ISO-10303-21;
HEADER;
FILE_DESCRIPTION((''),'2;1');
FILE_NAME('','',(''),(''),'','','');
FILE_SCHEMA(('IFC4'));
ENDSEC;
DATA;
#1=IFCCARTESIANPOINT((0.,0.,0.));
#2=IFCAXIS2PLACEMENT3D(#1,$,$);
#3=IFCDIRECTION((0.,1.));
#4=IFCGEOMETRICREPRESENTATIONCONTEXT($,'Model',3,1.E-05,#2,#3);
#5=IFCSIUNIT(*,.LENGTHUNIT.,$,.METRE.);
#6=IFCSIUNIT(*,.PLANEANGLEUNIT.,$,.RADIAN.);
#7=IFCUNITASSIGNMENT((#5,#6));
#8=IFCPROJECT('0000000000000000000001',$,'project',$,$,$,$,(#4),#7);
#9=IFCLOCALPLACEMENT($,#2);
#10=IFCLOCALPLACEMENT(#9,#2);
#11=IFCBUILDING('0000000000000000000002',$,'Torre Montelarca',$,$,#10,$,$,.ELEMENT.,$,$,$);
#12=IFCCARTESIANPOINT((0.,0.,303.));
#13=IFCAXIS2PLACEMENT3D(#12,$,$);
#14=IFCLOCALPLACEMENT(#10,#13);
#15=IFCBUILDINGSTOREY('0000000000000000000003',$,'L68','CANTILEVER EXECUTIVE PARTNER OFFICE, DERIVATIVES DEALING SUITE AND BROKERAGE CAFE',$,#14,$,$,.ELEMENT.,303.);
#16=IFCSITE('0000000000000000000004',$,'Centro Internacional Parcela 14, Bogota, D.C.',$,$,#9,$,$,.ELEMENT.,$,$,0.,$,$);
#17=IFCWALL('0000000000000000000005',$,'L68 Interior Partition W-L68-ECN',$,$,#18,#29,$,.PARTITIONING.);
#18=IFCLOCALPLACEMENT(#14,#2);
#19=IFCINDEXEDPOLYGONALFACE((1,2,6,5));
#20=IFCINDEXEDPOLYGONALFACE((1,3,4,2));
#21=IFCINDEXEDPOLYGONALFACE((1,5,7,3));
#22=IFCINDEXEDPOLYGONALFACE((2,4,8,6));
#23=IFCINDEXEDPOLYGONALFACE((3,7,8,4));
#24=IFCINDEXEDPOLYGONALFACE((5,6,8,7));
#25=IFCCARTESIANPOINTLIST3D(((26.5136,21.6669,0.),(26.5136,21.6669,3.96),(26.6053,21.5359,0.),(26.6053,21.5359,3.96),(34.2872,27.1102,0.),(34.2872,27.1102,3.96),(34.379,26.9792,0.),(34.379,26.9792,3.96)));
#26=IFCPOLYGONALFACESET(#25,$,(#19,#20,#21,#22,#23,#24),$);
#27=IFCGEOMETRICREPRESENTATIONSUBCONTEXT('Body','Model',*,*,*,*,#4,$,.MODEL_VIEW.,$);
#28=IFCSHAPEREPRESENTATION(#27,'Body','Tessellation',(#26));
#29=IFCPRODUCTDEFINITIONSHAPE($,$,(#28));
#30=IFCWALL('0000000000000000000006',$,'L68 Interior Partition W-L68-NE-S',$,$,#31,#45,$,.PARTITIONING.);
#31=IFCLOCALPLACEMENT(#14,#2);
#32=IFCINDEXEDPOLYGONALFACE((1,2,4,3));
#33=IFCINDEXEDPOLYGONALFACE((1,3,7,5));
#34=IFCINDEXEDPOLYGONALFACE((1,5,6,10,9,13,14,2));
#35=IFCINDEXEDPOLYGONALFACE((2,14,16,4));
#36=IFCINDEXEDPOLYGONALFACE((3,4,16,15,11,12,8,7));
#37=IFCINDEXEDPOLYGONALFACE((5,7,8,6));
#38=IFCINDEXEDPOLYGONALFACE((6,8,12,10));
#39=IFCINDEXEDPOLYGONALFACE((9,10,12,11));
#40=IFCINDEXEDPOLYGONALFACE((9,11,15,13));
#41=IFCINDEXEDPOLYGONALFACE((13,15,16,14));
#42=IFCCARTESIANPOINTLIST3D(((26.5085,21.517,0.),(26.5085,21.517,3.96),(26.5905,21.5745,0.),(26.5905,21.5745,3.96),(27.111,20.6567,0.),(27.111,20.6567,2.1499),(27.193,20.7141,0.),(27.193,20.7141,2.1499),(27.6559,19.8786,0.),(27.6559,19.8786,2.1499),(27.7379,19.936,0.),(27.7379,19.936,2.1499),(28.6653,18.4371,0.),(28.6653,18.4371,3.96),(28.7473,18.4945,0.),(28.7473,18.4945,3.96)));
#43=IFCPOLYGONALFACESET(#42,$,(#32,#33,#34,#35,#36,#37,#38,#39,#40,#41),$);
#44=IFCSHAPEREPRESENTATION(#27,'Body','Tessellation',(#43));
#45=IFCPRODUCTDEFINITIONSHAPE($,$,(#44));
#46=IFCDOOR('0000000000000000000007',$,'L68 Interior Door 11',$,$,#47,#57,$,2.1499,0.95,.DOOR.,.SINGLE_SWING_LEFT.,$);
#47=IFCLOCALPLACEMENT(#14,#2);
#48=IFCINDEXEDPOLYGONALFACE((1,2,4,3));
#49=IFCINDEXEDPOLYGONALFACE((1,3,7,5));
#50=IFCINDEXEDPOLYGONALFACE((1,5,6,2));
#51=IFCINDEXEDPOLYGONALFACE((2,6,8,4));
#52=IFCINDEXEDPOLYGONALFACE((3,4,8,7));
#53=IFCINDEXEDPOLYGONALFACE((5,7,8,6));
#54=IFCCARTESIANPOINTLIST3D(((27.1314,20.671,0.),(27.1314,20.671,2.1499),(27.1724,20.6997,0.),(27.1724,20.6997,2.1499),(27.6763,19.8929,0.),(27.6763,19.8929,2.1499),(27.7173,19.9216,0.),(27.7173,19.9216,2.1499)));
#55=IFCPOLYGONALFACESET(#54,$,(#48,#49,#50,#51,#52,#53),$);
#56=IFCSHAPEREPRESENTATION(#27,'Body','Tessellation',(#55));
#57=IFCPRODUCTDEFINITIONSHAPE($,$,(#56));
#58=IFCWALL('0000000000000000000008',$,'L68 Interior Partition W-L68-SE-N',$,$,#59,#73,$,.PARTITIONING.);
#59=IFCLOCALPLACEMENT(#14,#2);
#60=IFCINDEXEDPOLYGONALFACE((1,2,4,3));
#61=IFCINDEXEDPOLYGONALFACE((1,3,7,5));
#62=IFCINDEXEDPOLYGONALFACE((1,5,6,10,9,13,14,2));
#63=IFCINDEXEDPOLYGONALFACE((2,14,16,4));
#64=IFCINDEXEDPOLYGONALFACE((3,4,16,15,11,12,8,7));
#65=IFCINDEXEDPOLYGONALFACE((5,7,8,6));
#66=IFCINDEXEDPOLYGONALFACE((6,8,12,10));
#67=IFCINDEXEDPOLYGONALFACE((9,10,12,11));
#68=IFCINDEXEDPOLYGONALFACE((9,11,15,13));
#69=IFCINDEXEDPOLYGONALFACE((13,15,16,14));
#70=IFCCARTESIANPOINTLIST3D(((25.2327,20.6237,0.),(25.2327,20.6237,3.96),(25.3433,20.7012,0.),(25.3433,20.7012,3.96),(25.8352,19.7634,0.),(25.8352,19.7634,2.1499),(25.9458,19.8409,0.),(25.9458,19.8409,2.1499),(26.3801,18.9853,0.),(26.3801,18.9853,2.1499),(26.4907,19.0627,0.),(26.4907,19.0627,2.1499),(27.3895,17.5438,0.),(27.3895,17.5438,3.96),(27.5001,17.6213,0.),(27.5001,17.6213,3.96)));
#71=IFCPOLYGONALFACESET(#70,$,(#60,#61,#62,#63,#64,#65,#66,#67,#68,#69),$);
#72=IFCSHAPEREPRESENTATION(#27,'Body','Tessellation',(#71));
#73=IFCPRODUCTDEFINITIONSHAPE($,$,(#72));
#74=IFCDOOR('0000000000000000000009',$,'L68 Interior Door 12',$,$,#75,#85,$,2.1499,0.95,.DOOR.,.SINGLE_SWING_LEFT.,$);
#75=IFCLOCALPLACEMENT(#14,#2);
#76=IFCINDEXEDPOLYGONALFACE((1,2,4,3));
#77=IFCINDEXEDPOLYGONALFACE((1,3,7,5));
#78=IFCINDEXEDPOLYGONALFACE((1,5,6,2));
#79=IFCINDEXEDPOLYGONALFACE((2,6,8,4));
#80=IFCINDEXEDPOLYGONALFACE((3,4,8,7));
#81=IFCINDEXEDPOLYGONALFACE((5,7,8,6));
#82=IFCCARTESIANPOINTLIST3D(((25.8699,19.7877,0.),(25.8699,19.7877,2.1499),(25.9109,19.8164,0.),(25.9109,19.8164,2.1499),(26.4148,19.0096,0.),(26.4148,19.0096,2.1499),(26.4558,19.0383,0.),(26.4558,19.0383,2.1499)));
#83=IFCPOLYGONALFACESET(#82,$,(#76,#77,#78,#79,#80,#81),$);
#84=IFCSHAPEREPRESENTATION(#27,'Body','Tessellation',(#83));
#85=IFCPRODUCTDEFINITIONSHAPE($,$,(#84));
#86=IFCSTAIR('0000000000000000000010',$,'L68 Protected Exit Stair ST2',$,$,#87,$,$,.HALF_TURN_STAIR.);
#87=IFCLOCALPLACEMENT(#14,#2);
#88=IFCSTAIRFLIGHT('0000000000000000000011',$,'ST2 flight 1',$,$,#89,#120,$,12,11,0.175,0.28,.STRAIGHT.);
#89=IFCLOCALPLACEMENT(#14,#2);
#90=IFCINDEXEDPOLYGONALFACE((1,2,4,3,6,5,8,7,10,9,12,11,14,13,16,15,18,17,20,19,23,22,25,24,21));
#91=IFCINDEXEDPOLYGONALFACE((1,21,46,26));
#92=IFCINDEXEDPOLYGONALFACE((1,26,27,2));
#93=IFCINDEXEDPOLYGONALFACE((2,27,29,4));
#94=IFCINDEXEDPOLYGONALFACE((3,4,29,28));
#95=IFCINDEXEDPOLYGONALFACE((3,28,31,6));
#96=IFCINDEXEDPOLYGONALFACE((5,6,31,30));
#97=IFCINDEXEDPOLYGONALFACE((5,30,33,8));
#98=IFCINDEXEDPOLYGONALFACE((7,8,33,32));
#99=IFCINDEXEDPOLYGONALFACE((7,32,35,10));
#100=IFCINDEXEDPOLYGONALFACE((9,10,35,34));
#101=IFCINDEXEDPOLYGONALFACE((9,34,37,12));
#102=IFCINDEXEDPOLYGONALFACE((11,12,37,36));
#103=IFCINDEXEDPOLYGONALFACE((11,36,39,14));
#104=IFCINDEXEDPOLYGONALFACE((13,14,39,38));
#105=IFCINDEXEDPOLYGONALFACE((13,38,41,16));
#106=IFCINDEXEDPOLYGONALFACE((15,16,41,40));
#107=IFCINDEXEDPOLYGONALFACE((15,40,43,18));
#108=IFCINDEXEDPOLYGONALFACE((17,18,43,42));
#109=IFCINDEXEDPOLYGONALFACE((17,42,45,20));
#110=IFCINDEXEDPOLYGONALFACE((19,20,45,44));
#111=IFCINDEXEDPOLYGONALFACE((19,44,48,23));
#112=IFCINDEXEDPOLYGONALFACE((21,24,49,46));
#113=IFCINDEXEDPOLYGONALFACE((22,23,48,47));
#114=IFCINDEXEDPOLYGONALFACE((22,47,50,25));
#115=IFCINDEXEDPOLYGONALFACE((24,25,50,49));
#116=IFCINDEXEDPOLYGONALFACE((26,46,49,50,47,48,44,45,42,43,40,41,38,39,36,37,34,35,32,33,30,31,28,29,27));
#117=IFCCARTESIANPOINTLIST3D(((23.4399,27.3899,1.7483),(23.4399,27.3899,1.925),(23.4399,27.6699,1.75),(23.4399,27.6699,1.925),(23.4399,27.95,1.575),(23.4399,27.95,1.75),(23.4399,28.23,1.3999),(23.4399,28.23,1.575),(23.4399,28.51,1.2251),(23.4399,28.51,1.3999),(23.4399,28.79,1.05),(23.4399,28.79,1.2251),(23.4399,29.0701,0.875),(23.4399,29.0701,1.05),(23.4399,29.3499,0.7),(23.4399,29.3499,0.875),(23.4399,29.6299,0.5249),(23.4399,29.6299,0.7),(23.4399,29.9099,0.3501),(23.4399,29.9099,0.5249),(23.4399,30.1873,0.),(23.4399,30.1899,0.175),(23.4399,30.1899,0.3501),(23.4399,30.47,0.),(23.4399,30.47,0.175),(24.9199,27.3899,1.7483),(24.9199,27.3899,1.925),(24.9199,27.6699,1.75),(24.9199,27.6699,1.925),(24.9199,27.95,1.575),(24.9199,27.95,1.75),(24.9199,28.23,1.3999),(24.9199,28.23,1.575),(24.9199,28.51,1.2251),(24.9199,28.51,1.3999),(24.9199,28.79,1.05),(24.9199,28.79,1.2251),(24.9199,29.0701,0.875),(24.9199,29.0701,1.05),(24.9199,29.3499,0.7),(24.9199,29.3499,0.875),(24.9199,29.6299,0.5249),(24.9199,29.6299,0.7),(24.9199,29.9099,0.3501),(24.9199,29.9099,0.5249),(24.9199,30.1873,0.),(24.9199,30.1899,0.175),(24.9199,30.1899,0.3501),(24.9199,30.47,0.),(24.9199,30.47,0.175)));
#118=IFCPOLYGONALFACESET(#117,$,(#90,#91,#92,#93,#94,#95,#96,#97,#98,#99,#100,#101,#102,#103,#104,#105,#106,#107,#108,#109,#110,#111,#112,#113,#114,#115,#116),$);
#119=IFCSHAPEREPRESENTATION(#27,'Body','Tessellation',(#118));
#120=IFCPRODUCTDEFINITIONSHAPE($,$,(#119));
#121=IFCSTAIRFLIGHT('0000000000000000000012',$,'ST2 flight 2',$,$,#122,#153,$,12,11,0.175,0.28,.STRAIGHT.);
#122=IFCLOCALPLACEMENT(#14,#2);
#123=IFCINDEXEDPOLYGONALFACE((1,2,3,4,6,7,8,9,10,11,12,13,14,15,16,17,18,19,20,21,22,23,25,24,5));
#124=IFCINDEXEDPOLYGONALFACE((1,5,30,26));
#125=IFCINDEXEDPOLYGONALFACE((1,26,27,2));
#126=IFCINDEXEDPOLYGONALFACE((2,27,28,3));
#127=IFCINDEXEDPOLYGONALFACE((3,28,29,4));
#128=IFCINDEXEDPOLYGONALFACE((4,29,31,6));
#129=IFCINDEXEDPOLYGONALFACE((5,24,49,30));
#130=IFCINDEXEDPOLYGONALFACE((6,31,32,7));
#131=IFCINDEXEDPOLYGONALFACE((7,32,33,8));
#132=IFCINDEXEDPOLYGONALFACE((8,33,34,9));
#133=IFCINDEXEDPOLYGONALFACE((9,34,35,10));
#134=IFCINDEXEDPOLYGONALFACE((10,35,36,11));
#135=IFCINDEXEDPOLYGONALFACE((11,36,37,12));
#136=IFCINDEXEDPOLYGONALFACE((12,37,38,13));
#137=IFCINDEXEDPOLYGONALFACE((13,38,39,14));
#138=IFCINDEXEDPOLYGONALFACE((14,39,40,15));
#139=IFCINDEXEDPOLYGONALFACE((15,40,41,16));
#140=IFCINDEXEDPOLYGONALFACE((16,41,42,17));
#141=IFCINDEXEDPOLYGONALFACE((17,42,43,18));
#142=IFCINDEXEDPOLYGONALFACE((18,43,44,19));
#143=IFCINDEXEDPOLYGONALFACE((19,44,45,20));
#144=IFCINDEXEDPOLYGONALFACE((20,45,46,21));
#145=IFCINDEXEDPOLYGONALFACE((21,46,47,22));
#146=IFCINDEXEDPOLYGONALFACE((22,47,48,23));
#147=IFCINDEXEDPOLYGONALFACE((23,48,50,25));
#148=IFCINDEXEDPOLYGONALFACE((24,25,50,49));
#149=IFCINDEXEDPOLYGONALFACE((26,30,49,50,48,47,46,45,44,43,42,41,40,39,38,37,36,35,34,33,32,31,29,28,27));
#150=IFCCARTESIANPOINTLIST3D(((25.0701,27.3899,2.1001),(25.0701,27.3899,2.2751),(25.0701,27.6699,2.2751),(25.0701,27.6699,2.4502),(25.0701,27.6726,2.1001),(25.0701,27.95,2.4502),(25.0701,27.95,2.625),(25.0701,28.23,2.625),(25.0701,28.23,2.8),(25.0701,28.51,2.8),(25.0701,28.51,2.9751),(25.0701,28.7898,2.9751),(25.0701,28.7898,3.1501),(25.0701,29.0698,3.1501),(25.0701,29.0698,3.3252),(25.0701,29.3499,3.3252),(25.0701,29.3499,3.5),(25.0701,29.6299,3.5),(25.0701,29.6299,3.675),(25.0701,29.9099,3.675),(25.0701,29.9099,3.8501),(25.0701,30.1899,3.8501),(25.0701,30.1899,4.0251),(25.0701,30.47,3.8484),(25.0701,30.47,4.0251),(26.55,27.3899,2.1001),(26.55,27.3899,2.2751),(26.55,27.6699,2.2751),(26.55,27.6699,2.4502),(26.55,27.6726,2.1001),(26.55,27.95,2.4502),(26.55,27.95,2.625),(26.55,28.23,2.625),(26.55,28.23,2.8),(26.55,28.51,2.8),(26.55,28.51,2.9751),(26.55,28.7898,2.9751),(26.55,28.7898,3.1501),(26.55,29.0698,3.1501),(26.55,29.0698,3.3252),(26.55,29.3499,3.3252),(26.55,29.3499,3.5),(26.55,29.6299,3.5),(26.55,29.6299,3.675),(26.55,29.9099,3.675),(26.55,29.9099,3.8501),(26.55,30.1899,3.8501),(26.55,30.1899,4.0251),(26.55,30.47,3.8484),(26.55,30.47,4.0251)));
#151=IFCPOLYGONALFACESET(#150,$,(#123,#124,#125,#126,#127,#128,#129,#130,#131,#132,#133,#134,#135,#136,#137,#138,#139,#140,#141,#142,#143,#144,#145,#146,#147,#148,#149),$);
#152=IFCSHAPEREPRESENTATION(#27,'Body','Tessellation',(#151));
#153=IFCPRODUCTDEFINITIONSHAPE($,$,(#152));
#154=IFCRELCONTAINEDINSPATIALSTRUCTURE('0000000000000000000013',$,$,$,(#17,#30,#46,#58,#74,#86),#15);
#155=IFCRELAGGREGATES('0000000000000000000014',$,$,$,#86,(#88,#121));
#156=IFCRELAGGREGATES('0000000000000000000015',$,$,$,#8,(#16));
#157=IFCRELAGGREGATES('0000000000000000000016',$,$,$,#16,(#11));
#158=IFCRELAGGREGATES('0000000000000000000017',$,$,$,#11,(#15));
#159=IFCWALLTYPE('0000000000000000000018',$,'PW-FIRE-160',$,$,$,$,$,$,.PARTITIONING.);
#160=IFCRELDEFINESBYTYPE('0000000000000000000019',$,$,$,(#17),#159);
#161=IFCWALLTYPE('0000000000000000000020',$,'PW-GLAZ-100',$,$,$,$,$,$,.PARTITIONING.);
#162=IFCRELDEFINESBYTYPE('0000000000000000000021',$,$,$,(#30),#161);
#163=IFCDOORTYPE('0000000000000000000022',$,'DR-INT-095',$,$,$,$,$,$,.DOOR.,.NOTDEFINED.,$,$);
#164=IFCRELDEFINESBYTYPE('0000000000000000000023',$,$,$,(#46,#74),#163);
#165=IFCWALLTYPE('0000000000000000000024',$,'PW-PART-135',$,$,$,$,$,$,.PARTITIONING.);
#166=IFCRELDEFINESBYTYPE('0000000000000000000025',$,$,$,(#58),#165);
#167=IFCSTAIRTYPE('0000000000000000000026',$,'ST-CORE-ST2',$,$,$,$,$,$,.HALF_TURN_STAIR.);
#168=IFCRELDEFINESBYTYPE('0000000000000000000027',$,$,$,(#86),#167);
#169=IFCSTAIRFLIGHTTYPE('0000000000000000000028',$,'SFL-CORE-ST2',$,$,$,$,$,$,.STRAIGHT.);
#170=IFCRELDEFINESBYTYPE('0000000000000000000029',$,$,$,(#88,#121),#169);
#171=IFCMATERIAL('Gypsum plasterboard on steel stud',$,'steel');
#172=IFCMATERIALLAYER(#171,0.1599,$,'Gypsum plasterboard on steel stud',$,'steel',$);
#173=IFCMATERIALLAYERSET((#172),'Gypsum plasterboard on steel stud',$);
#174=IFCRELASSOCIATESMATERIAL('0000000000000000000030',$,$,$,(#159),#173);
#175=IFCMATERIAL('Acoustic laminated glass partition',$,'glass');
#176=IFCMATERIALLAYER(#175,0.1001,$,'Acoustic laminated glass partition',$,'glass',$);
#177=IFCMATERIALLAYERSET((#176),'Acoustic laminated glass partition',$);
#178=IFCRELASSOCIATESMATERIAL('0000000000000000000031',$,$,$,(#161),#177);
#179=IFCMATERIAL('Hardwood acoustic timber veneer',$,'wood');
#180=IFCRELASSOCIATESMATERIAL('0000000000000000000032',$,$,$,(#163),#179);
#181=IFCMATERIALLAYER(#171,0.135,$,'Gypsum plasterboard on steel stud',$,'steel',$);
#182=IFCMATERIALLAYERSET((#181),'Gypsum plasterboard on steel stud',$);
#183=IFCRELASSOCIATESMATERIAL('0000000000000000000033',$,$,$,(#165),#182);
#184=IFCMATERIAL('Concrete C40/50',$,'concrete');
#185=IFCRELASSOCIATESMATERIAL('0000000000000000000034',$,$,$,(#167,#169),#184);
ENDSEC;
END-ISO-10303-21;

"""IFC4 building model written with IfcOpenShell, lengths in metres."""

from ifc_helpers import new_model, si_unit, direction, frame, frame_2d, origin, place, context, subcontext, project, spatial, polyline, rectangle, outline, extrude, source, transform, mapped, material, layer, layer_set, type_object, element, fill, aggregate, save


model = new_model("IFC4")

# Units and contexts
model_context = context("Model", 3, precision=1e-05, world=origin(), true_north=direction((0.0, 1.0)))
body_context = subcontext(model_context, "Body", "Model", "MODEL_VIEW")
ifc_project = project(units=[si_unit("LENGTHUNIT", "METRE"), si_unit("PLANEANGLEUNIT", "RADIAN")], contexts=[model_context])

# Site, building, storey
site_placement = place(None, origin())
site = spatial("IfcSite", under=ifc_project, at=site_placement, Name="Centro Internacional Parcela 14, Bogota, D.C.", CompositionType="ELEMENT", RefElevation=0.0)
building_placement = place(site_placement, origin())
building = spatial("IfcBuilding", under=site, at=building_placement, Name="Torre Montelarca", CompositionType="ELEMENT")
storey_placement = place(building_placement, frame((0.0, 0.0, 303.0)))
storey = spatial("IfcBuildingStorey", under=building, at=storey_placement, Name="L68", Description="CANTILEVER EXECUTIVE PARTNER OFFICE, DERIVATIVES DEALING SUITE AND BROKERAGE CAFE", CompositionType="ELEMENT", Elevation=303.0)

# Shared definitions
ifc_material_1 = material(Name="Concrete C40/50", Category="concrete")

# Wall
ifc_material_2 = material(Name="Gypsum plasterboard on steel stud", Category="steel")
ifc_layer_1 = layer(ifc_material_2, 0.1599, Name="Gypsum plasterboard on steel stud", Category="steel")
ifc_layer_set_1 = layer_set([ifc_layer_1], Name="Gypsum plasterboard on steel stud")
wall_type_1 = type_object("IfcWallType", Name="PW-FIRE-160", PredefinedType="PARTITIONING", material=ifc_layer_set_1)
wall_1_placement = place(storey_placement, frame((26.5593, 21.6013, 0.0), z_axis=(0.0, 0.0, 1.0), x_axis=(0.819144, 0.573588, 0.0)))
element("IfcWall", 1, at=wall_1_placement, inside=storey, type_object=wall_type_1, Name="L68 Interior Partition W-L68-ECN", PredefinedType="PARTITIONING", context=body_context, shape_type="SweptSolid", body=[
    extrude(rectangle(XDim=9.49, YDim=0.1599, at=frame_2d((4.7451, 0.0))), origin(), (0.0, 0.0, 1.0), 3.96),
])

# Walls, openings, doors
ifc_material_3 = material(Name="Acoustic laminated glass partition", Category="glass")
ifc_layer_2 = layer(ifc_material_3, 0.1001, Name="Acoustic laminated glass partition", Category="glass")
ifc_layer_set_2 = layer_set([ifc_layer_2], Name="Acoustic laminated glass partition")
wall_type_2 = type_object("IfcWallType", Name="PW-GLAZ-100", PredefinedType="PARTITIONING", material=ifc_layer_set_2)
wall_2_placement = place(storey_placement, frame((26.5496, 21.5457, 0.0), z_axis=(0.0, 0.0, 1.0), x_axis=(0.573615, -0.819125, 0.0)))
wall_2 = element("IfcWall", 2, at=wall_2_placement, inside=storey, type_object=wall_type_2, Name="L68 Interior Partition W-L68-NE-S", PredefinedType="PARTITIONING", context=body_context, shape_type="SweptSolid", body=[
    extrude(rectangle(XDim=3.76, YDim=0.1001, at=frame_2d((1.8799, 0.0))), origin(), (0.0, 0.0, 1.0), 3.96),
])
opening_1_placement = place(wall_2_placement, frame((1.05, 0.0, 0.0)))
opening_1 = element("IfcOpeningElement", 3, at=opening_1_placement, cuts=wall_2, PredefinedType="OPENING", context=body_context, shape_type="SweptSolid", body=[
    extrude(rectangle(XDim=0.95, YDim=2.1499, at=frame_2d((0.4751, 1.075))), frame((0.0, 0.0601, 0.0), z_axis=(0.0, -1.0, 0.0), x_axis=(1.0, 0.0, 0.0)), (0.0, 0.0, 1.0), 0.1201),
])
ifc_material_4 = material(Name="Hardwood acoustic timber veneer", Category="wood")
door_type_1 = type_object("IfcDoorType", Name="DR-INT-095", OperationType="NOTDEFINED", PredefinedType="DOOR", material=ifc_material_4)
shared_shape_1 = source(origin(), body_context, "Body", "SweptSolid", [
    extrude(rectangle(XDim=0.95, YDim=2.1499, at=frame_2d((0.4751, 1.075))), frame((0.0, 0.0249, 0.0), z_axis=(0.0, -1.0, 0.0), x_axis=(1.0, 0.0, 0.0)), (0.0, 0.0, 1.0), 0.05),
])
door_1_placement = place(opening_1_placement, origin())
door_1 = element("IfcDoor", 4, at=door_1_placement, inside=storey, type_object=door_type_1, Name="L68 Interior Door 11", OperationType="SINGLE_SWING_LEFT", OverallHeight=2.1499, OverallWidth=0.95, PredefinedType="DOOR", context=body_context, shape_type="MappedRepresentation", body=[
    mapped(shared_shape_1, transform((0.0, 0.0, 0.0), scale=1.0)),
])
fill(opening_1, door_1)
ifc_layer_3 = layer(ifc_material_2, 0.135, Name="Gypsum plasterboard on steel stud", Category="steel")
ifc_layer_set_3 = layer_set([ifc_layer_3], Name="Gypsum plasterboard on steel stud")
wall_type_3 = type_object("IfcWallType", Name="PW-PART-135", PredefinedType="PARTITIONING", material=ifc_layer_set_3)
wall_3_placement = place(storey_placement, frame((25.2881, 20.6624, 0.0), z_axis=(0.0, 0.0, 1.0), x_axis=(0.573615, -0.819125, 0.0)))
wall_3 = element("IfcWall", 5, at=wall_3_placement, inside=storey, type_object=wall_type_3, Name="L68 Interior Partition W-L68-SE-N", PredefinedType="PARTITIONING", context=body_context, shape_type="SweptSolid", body=[
    extrude(rectangle(XDim=3.76, YDim=0.135, at=frame_2d((1.8799, 0.0))), origin(), (0.0, 0.0, 1.0), 3.96),
])
opening_2_placement = place(wall_3_placement, frame((1.05, 0.0, 0.0)))
opening_2 = element("IfcOpeningElement", 6, at=opening_2_placement, cuts=wall_3, PredefinedType="OPENING", context=body_context, shape_type="SweptSolid", body=[
    extrude(rectangle(XDim=0.95, YDim=2.1499, at=frame_2d((0.4751, 1.075))), frame((0.0, 0.0776, 0.0), z_axis=(0.0, -1.0, 0.0), x_axis=(1.0, 0.0, 0.0)), (0.0, 0.0, 1.0), 0.155),
])
door_2_placement = place(opening_2_placement, origin())
door_2 = element("IfcDoor", 7, at=door_2_placement, inside=storey, type_object=door_type_1, Name="L68 Interior Door 12", OperationType="SINGLE_SWING_LEFT", OverallHeight=2.1499, OverallWidth=0.95, PredefinedType="DOOR", context=body_context, shape_type="MappedRepresentation", body=[
    mapped(shared_shape_1, transform((0.0, 0.0, 0.0), scale=1.0)),
])
fill(opening_2, door_2)

# Stair, stair flights
stair_type = type_object("IfcStairType", Name="ST-CORE-ST2", PredefinedType="HALF_TURN_STAIR", material=ifc_material_1)
stair_placement = place(storey_placement, origin())
stair = element("IfcStair", 8, at=stair_placement, inside=storey, type_object=stair_type, Name="L68 Protected Exit Stair ST2", PredefinedType="HALF_TURN_STAIR")
stair_flight_type = type_object("IfcStairFlightType", Name="SFL-CORE-ST2", PredefinedType="STRAIGHT", material=ifc_material_1)
stair_flight_1_placement = place(storey_placement, frame((24.1799, 30.47, 0.0), z_axis=(0.0, 0.0, 1.0), x_axis=(0.0, -1.0, 0.0)))
stair_flight_1 = element("IfcStairFlight", 9, at=stair_flight_1_placement, type_object=stair_flight_type, Name="ST2 flight 1", NumberOfRisers=12, NumberOfTreads=11, PredefinedType="STRAIGHT", RiserHeight=0.175, TreadLength=0.28, context=body_context, shape_type="SweptSolid", body=[
    extrude(outline(polyline([(0.0, 0.0), (0.0, 0.175), (0.28, 0.175), (0.28, 0.3501), (0.5601, 0.3501), (0.5601, 0.5249), (0.8401, 0.5249), (0.8401, 0.7), (1.1201, 0.7), (1.1201, 0.875), (1.3999, 0.875), (1.3999, 1.05), (1.6799, 1.05), (1.6799, 1.2251), (1.96, 1.2251), (1.96, 1.3999), (2.24, 1.3999), (2.24, 1.575), (2.52, 1.575), (2.52, 1.75), (2.8, 1.75), (2.8, 1.925), (3.0801, 1.925), (3.0801, 2.1001), (3.0801, 1.7483), (0.2827, 0.0), (0.0, 0.0)])), frame((0.0, 0.74, 0.0), z_axis=(0.0, -1.0, 0.0), x_axis=(1.0, 0.0, 0.0)), (0.0, 0.0, 1.0), 1.48),
])
stair_flight_2_placement = place(storey_placement, frame((25.8101, 27.3899, 2.1001), z_axis=(0.0, 0.0, 1.0), x_axis=(0.0, 1.0, 0.0)))
stair_flight_2 = element("IfcStairFlight", 10, at=stair_flight_2_placement, type_object=stair_flight_type, Name="ST2 flight 2", NumberOfRisers=12, NumberOfTreads=11, PredefinedType="STRAIGHT", RiserHeight=0.175, TreadLength=0.28, context=body_context, shape_type="SweptSolid", body=[
    extrude(outline(polyline([(0.0, 0.0), (0.0, 0.175), (0.28, 0.175), (0.28, 0.3501), (0.5601, 0.3501), (0.5601, 0.5249), (0.8401, 0.5249), (0.8401, 0.7), (1.1201, 0.7), (1.1201, 0.875), (1.3999, 0.875), (1.3999, 1.05), (1.6799, 1.05), (1.6799, 1.2251), (1.96, 1.2251), (1.96, 1.3999), (2.24, 1.3999), (2.24, 1.575), (2.52, 1.575), (2.52, 1.75), (2.8, 1.75), (2.8, 1.925), (3.0801, 1.925), (3.0801, 2.1001), (3.0801, 1.7483), (0.2827, 0.0), (0.0, 0.0)])), frame((0.0, 0.74, 0.0), z_axis=(0.0, -1.0, 0.0), x_axis=(1.0, 0.0, 0.0)), (0.0, 0.0, 1.0), 1.48),
])
aggregate(stair, [stair_flight_1, stair_flight_2])

save(model, "model.ifc")
